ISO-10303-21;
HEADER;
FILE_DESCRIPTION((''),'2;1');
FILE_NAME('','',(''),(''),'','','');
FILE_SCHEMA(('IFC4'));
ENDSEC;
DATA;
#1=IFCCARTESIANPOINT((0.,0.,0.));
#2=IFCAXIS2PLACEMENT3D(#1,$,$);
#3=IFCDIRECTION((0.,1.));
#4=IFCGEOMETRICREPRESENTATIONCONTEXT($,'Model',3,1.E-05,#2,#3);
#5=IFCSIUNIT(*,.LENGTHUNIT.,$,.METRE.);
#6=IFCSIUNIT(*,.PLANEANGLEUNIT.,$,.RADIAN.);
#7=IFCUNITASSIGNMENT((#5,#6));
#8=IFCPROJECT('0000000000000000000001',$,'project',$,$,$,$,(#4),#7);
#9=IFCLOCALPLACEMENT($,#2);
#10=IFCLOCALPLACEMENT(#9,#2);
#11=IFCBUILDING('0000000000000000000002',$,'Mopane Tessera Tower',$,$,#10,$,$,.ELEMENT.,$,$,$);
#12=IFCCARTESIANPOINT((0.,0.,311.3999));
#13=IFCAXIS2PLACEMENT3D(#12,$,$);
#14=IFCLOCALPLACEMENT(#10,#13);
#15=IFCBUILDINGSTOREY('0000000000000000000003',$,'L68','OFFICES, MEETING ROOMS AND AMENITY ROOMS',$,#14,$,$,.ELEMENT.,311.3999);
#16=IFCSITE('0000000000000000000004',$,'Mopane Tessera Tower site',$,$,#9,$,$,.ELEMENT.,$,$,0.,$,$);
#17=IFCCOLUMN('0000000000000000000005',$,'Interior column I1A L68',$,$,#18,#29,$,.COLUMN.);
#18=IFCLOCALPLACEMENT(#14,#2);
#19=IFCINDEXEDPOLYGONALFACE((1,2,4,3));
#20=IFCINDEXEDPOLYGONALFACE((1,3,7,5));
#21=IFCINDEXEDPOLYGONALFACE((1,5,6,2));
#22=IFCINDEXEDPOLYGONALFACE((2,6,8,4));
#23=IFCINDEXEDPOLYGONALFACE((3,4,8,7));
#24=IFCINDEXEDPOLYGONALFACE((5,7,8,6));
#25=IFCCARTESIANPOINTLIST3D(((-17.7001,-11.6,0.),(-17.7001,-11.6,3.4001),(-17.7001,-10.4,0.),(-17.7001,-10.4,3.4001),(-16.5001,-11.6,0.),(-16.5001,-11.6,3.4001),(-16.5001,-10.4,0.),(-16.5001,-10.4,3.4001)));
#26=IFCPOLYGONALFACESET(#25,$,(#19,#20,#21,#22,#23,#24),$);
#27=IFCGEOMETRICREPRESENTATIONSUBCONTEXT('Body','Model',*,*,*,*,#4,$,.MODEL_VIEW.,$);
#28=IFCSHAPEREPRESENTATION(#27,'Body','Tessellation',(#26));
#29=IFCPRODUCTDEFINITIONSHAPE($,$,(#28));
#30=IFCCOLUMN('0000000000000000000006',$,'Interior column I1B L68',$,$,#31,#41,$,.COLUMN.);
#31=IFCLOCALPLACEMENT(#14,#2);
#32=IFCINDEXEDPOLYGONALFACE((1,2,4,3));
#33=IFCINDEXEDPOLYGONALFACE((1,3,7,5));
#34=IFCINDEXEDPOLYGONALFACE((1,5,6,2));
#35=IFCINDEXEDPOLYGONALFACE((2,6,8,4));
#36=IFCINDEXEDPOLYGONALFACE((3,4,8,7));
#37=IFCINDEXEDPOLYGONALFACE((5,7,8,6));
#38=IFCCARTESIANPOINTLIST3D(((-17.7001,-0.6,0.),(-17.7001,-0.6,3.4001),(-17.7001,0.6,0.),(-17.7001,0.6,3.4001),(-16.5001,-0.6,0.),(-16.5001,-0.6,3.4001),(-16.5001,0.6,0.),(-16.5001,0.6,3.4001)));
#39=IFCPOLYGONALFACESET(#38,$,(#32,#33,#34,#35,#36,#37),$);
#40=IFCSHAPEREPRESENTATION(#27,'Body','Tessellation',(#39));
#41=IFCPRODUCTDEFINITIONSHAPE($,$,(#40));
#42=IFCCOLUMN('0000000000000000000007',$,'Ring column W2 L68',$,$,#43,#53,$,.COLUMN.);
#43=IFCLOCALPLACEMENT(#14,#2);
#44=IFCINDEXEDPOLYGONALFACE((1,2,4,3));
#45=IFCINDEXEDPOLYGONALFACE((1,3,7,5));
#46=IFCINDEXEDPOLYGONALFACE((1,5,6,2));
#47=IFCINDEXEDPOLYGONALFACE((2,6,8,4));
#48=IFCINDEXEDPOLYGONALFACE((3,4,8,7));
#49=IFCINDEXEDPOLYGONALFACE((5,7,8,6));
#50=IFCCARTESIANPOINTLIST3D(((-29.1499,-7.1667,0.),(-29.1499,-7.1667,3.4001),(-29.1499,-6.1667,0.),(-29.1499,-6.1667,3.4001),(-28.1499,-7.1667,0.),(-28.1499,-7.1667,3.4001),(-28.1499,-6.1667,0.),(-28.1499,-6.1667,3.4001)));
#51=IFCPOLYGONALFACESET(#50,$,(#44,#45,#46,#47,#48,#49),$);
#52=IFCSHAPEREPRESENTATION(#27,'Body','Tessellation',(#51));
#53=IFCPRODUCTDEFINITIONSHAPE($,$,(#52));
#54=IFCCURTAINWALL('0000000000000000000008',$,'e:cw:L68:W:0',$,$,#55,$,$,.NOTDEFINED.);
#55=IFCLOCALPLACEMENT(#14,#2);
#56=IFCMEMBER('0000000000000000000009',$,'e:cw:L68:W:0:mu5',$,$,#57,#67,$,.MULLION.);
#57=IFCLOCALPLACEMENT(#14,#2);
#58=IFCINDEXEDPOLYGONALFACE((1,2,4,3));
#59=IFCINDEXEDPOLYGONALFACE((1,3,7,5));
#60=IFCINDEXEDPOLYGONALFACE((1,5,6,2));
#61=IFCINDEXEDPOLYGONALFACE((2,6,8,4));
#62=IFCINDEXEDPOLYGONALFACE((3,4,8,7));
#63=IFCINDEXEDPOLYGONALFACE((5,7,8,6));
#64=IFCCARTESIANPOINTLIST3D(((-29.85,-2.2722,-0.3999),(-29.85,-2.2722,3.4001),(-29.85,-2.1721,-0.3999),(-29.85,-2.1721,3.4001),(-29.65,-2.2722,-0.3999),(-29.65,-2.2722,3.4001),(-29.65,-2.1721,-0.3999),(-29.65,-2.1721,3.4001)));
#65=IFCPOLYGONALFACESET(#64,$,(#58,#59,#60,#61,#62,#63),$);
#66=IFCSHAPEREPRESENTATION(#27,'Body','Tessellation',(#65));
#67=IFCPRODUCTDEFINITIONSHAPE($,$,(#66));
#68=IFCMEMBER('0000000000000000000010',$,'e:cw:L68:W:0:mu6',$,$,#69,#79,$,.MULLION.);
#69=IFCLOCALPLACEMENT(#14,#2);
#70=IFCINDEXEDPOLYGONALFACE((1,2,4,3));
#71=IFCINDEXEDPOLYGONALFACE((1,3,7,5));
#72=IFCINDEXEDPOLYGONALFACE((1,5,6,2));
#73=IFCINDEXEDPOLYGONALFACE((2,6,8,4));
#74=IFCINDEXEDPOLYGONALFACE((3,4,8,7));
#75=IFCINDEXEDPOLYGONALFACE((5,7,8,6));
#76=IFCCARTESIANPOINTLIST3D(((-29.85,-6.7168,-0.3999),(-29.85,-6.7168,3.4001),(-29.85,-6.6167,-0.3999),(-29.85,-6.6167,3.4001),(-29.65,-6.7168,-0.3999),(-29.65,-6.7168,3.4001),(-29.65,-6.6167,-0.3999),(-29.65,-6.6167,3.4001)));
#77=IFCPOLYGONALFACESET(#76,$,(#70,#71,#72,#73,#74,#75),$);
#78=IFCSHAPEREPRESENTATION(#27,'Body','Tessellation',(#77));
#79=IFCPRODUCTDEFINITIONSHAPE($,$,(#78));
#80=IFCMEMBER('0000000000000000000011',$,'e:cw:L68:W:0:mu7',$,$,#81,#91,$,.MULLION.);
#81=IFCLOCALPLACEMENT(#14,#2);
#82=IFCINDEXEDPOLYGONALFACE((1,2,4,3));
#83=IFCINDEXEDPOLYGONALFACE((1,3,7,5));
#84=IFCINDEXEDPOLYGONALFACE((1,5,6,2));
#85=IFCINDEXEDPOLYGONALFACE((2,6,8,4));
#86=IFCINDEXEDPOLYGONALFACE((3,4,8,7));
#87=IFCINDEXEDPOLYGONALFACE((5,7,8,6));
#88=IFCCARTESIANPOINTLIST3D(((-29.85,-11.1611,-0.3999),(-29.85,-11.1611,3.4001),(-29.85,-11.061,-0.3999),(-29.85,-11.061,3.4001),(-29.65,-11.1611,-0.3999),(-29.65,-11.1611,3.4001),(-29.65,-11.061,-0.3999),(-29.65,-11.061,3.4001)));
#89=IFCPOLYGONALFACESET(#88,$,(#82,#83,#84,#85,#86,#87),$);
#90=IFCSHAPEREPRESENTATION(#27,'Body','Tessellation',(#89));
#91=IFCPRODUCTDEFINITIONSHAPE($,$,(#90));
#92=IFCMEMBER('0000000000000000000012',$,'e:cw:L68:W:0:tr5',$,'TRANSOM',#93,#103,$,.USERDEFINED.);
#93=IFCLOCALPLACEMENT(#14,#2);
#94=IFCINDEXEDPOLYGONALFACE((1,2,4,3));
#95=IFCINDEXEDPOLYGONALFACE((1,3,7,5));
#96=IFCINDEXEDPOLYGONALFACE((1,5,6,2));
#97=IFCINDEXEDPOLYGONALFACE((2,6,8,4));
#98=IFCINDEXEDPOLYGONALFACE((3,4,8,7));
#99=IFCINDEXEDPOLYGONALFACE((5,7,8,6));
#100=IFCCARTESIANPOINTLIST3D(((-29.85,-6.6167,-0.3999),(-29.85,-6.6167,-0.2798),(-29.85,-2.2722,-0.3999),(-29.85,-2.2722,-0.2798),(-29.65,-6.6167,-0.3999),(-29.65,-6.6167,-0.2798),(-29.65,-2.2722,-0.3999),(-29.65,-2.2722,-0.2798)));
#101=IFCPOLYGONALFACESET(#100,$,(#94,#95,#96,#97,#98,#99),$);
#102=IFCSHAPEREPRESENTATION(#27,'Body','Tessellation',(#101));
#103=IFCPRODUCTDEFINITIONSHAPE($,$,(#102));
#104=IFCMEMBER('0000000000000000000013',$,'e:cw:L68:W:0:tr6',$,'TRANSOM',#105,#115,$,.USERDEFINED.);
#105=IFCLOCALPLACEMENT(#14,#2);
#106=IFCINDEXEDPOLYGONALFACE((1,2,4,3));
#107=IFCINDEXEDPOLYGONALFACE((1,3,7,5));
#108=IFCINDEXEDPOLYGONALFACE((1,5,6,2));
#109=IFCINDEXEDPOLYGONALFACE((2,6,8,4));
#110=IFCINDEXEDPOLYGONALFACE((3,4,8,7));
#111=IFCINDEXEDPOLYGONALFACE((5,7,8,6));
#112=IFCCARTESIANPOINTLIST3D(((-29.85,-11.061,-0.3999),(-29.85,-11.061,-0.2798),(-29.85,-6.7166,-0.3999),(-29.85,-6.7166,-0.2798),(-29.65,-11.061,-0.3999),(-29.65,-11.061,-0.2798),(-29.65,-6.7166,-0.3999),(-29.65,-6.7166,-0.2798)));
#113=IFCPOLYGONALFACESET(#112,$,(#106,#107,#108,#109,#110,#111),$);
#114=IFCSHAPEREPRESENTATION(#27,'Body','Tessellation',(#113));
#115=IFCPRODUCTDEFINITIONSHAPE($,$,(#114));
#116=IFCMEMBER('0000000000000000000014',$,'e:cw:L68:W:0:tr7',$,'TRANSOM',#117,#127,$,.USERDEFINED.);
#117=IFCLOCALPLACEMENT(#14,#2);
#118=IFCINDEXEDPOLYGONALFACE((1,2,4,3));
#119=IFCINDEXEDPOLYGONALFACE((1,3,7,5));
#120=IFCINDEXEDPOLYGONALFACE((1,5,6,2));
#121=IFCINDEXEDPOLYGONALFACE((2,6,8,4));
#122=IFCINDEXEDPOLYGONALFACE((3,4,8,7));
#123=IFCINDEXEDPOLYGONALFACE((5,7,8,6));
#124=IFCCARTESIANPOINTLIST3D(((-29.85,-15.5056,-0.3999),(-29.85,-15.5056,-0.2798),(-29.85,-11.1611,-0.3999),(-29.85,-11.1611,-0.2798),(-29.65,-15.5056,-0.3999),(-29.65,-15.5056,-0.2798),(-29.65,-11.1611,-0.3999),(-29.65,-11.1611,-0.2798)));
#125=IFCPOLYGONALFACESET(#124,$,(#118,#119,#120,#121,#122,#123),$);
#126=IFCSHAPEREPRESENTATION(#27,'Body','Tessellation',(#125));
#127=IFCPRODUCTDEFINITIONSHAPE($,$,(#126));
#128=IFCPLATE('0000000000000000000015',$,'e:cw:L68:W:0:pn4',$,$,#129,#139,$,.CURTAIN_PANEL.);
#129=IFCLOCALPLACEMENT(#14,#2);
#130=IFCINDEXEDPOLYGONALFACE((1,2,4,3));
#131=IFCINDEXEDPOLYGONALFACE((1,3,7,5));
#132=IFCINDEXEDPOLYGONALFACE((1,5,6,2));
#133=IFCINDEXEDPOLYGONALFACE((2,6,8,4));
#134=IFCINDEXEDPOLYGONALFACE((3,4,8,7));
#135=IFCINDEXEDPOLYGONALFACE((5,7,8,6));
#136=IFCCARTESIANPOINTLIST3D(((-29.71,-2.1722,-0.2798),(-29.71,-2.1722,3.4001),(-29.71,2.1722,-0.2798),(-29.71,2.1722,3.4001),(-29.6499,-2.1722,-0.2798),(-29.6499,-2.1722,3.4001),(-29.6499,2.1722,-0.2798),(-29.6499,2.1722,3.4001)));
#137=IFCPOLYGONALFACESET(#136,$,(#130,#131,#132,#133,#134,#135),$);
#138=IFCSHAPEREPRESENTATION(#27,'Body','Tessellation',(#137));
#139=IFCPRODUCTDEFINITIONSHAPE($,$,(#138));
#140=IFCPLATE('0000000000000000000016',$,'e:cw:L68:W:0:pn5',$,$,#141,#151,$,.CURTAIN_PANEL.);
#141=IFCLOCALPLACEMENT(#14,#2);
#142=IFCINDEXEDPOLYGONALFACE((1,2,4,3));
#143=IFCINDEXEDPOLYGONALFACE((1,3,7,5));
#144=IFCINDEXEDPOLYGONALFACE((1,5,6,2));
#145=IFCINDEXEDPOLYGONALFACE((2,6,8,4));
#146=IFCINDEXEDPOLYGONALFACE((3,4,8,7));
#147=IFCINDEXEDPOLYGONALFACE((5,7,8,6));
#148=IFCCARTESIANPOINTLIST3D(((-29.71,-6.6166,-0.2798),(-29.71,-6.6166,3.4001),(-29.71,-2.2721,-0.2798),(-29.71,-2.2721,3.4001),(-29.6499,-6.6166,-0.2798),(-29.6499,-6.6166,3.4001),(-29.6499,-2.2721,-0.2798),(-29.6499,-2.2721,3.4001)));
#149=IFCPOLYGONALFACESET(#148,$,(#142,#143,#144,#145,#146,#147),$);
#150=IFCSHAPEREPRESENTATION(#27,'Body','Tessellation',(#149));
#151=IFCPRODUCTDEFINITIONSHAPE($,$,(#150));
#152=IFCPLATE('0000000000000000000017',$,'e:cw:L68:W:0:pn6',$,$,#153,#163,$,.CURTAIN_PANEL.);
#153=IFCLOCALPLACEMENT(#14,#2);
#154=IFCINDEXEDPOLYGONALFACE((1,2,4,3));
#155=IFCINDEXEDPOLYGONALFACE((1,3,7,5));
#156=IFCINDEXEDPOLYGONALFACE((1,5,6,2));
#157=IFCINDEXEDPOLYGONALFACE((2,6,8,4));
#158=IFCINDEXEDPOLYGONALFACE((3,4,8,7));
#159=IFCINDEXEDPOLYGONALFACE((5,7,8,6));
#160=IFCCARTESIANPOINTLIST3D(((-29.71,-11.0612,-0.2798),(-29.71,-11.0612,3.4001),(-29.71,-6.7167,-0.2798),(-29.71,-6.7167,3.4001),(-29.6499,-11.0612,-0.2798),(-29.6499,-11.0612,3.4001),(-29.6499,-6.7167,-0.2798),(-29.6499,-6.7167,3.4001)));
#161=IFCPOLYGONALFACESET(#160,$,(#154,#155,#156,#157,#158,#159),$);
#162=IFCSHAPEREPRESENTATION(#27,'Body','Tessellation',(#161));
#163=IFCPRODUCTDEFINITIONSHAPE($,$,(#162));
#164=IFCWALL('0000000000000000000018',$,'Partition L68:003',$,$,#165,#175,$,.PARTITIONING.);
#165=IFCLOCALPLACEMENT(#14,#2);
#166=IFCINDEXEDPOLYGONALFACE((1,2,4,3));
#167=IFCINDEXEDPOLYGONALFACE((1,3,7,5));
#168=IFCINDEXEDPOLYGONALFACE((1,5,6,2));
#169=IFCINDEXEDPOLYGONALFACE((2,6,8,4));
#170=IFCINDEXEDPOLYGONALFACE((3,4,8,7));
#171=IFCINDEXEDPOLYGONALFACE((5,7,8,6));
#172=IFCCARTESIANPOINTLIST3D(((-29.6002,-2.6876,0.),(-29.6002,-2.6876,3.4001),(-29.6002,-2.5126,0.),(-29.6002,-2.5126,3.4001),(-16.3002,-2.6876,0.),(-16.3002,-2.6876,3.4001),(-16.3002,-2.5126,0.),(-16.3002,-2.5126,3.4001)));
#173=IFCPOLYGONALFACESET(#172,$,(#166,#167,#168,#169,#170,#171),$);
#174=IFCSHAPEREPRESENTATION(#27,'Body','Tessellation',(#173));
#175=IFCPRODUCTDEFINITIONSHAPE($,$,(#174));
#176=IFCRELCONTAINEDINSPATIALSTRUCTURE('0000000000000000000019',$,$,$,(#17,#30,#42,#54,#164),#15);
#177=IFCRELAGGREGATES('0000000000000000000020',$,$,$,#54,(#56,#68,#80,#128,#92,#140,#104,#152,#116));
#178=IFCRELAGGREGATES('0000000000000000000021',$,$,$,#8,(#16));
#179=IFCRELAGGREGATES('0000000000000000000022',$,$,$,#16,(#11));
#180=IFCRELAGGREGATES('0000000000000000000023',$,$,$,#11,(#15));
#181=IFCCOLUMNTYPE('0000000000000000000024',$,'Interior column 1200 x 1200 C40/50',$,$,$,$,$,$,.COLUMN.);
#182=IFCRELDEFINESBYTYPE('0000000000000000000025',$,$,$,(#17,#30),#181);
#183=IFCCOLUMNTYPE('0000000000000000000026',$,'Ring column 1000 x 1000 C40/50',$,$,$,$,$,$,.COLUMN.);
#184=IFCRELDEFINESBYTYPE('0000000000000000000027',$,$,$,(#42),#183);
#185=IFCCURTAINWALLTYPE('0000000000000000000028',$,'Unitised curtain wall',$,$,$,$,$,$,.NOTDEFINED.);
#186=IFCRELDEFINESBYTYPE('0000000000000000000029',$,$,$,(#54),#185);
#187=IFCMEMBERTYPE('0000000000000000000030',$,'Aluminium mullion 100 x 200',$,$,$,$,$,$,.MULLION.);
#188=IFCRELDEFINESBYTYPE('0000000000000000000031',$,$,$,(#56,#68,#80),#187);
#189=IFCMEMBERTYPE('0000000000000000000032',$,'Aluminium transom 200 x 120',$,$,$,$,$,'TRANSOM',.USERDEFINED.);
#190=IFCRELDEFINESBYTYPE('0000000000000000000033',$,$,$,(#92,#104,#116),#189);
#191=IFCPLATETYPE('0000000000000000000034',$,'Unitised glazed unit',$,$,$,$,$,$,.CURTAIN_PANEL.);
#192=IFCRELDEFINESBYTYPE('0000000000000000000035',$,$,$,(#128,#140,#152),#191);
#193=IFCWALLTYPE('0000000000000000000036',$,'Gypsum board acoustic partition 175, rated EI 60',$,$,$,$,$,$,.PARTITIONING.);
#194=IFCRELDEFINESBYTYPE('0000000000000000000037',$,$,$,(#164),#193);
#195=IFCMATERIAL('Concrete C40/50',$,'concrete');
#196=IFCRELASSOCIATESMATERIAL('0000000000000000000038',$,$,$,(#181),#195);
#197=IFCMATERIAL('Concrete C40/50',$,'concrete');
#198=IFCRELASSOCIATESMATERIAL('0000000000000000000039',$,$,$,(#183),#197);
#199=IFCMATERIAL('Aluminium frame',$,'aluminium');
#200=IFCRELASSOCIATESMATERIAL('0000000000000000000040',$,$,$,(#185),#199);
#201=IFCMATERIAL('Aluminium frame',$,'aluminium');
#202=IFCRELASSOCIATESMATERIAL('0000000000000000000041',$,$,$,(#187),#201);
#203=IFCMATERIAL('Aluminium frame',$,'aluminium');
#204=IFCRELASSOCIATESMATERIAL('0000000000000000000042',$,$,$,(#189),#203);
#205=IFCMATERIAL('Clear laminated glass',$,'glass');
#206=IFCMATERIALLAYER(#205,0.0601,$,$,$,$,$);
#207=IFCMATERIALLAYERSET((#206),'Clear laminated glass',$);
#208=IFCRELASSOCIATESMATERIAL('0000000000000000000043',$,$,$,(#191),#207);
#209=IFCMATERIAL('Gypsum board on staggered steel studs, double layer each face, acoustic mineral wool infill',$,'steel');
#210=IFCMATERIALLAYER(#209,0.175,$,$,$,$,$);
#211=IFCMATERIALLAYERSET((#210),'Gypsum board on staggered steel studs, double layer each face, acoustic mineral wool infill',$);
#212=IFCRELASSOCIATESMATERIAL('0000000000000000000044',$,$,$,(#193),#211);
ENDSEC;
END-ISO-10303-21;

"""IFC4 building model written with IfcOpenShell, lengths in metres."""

from ifc_helpers import new_model, si_unit, direction, frame, frame_2d, origin, origin_2d, place, context, subcontext, project, spatial, rectangle, extrude, material, layer, layer_set, material_profile, profile_set, type_object, element, aggregate, save


model = new_model("IFC4")

# Units and contexts
model_context = context("Model", 3, precision=1e-05, world=origin(), true_north=direction((0.0, 1.0)))
body_context = subcontext(model_context, "Body", "Model", "MODEL_VIEW")
ifc_project = project(units=[si_unit("LENGTHUNIT", "METRE"), si_unit("PLANEANGLEUNIT", "RADIAN")], contexts=[model_context])

# Site, building, storey
site_placement = place(None, origin())
site = spatial("IfcSite", under=ifc_project, at=site_placement, Name="Mopane Tessera Tower site", CompositionType="ELEMENT", RefElevation=0.0)
building_placement = place(site_placement, origin())
building = spatial("IfcBuilding", under=site, at=building_placement, Name="Mopane Tessera Tower", CompositionType="ELEMENT")
storey_placement = place(building_placement, frame((0.0, 0.0, 311.3999)))
storey = spatial("IfcBuildingStorey", under=building, at=storey_placement, Name="L68", Description="OFFICES, MEETING ROOMS AND AMENITY ROOMS", CompositionType="ELEMENT", Elevation=311.3999)

# Columns
ifc_material_1 = material(Name="Concrete C40/50", Category="concrete")
ifc_material_profile_1 = material_profile(ifc_material_1, rectangle(XDim=1.2, YDim=1.2, at=origin_2d()))
ifc_profile_set_1 = profile_set([ifc_material_profile_1], Name="Concrete C40/50")
column_type_1 = type_object("IfcColumnType", Name="Interior column 1200 x 1200 C40/50", PredefinedType="COLUMN", material=ifc_profile_set_1)
for number, where, z_axis, x_axis, name in (
    (1, (-17.1001, -11.0, 0.0), (0.0, 0.0, 1.0), (1.0, 0.0, 0.0), "Interior column I1A L68"),
    (2, (-17.1001, 0.0, 0.0), (0.0, 0.0, 1.0), (1.0, 0.0, 0.0), "Interior column I1B L68"),
):
    element("IfcColumn", number, at=place(storey_placement, frame(where, z_axis=z_axis, x_axis=x_axis)), inside=storey, type_object=column_type_1, Name=name, PredefinedType="COLUMN", context=body_context, shape_type="SweptSolid", body=[
        extrude(rectangle(XDim=1.2, YDim=1.2, at=origin_2d()), origin(), (0.0, 0.0, 1.0), 3.4001),
    ])
ifc_material_2 = material(Name="Concrete C40/50", Category="concrete")
ifc_material_profile_2 = material_profile(ifc_material_2, rectangle(XDim=1.0, YDim=1.0, at=origin_2d()))
ifc_profile_set_2 = profile_set([ifc_material_profile_2], Name="Concrete C40/50")
column_type_2 = type_object("IfcColumnType", Name="Ring column 1000 x 1000 C40/50", PredefinedType="COLUMN", material=ifc_profile_set_2)
column_placement = place(storey_placement, frame((-28.6499, -6.6667, 0.0), z_axis=(0.0, 0.0, 1.0), x_axis=(1.0, 0.0, 0.0)))
element("IfcColumn", 3, at=column_placement, inside=storey, type_object=column_type_2, Name="Ring column W2 L68", PredefinedType="COLUMN", context=body_context, shape_type="SweptSolid", body=[
    extrude(rectangle(XDim=1.0, YDim=1.0, at=origin_2d()), origin(), (0.0, 0.0, 1.0), 3.4001),
])

# Curtain wall, members, plates
ifc_material_3 = material(Name="Aluminium frame", Category="aluminium")
curtain_wall_type = type_object("IfcCurtainWallType", Name="Unitised curtain wall", PredefinedType="NOTDEFINED", material=ifc_material_3)
curtain_wall_placement = place(storey_placement, origin())
curtain_wall = element("IfcCurtainWall", 4, at=curtain_wall_placement, inside=storey, type_object=curtain_wall_type, Name="e:cw:L68:W:0", PredefinedType="NOTDEFINED")
ifc_material_4 = material(Name="Aluminium frame", Category="aluminium")
ifc_material_profile_3 = material_profile(ifc_material_4, rectangle(XDim=0.1001, YDim=0.2, at=origin_2d()))
ifc_profile_set_3 = profile_set([ifc_material_profile_3], Name="Aluminium frame")
member_type_1 = type_object("IfcMemberType", Name="Aluminium mullion 100 x 200", PredefinedType="MULLION", material=ifc_profile_set_3)
member_1_placement = place(storey_placement, frame((-29.75, -2.2222, -0.3999), z_axis=(0.0, 0.0, 1.0), x_axis=(0.0, -1.0, 0.0)))
member_1 = element("IfcMember", 5, at=member_1_placement, type_object=member_type_1, Name="e:cw:L68:W:0:mu5", PredefinedType="MULLION", context=body_context, shape_type="SweptSolid", body=[
    extrude(rectangle(XDim=0.1001, YDim=0.2, at=origin_2d()), origin(), (0.0, 0.0, 1.0), 3.8),
])
member_2_placement = place(storey_placement, frame((-29.75, -6.6667, -0.3999), z_axis=(0.0, 0.0, 1.0), x_axis=(0.0, -1.0, 0.0)))
member_2 = element("IfcMember", 6, at=member_2_placement, type_object=member_type_1, Name="e:cw:L68:W:0:mu6", PredefinedType="MULLION", context=body_context, shape_type="SweptSolid", body=[
    extrude(rectangle(XDim=0.1001, YDim=0.2, at=origin_2d()), origin(), (0.0, 0.0, 1.0), 3.8),
])
member_3_placement = place(storey_placement, frame((-29.75, -11.1111, -0.3999), z_axis=(0.0, 0.0, 1.0), x_axis=(0.0, -1.0, 0.0)))
member_3 = element("IfcMember", 7, at=member_3_placement, type_object=member_type_1, Name="e:cw:L68:W:0:mu7", PredefinedType="MULLION", context=body_context, shape_type="SweptSolid", body=[
    extrude(rectangle(XDim=0.1001, YDim=0.2, at=origin_2d()), origin(), (0.0, 0.0, 1.0), 3.8),
])
ifc_material_5 = material(Name="Aluminium frame", Category="aluminium")
ifc_material_profile_4 = material_profile(ifc_material_5, rectangle(XDim=0.2, YDim=0.1201, at=origin_2d()))
ifc_profile_set_4 = profile_set([ifc_material_profile_4], Name="Aluminium frame")
member_type_2 = type_object("IfcMemberType", Name="Aluminium transom 200 x 120", ElementType="TRANSOM", PredefinedType="USERDEFINED", material=ifc_profile_set_4)
member_4_placement = place(storey_placement, frame((-29.75, -2.2722, -0.3398), z_axis=(0.0, -1.0, 0.0), x_axis=(1.0, 0.0, 0.0)))
member_4 = element("IfcMember", 8, at=member_4_placement, type_object=member_type_2, Name="e:cw:L68:W:0:tr5", ObjectType="TRANSOM", PredefinedType="USERDEFINED", context=body_context, shape_type="SweptSolid", body=[
    extrude(rectangle(XDim=0.2, YDim=0.1201, at=origin_2d()), origin(), (0.0, 0.0, 1.0), 4.3445),
])
member_5_placement = place(storey_placement, frame((-29.75, -6.7166, -0.3398), z_axis=(0.0, -1.0, 0.0), x_axis=(1.0, 0.0, 0.0)))
member_5 = element("IfcMember", 9, at=member_5_placement, type_object=member_type_2, Name="e:cw:L68:W:0:tr6", ObjectType="TRANSOM", PredefinedType="USERDEFINED", context=body_context, shape_type="SweptSolid", body=[
    extrude(rectangle(XDim=0.2, YDim=0.1201, at=origin_2d()), origin(), (0.0, 0.0, 1.0), 4.3445),
])
member_6_placement = place(storey_placement, frame((-29.75, -11.1611, -0.3398), z_axis=(0.0, -1.0, 0.0), x_axis=(1.0, 0.0, 0.0)))
member_6 = element("IfcMember", 10, at=member_6_placement, type_object=member_type_2, Name="e:cw:L68:W:0:tr7", ObjectType="TRANSOM", PredefinedType="USERDEFINED", context=body_context, shape_type="SweptSolid", body=[
    extrude(rectangle(XDim=0.2, YDim=0.1201, at=origin_2d()), origin(), (0.0, 0.0, 1.0), 4.3445),
])
ifc_material_6 = material(Name="Clear laminated glass", Category="glass")
ifc_layer_1 = layer(ifc_material_6, 0.0601)
ifc_layer_set_1 = layer_set([ifc_layer_1], Name="Clear laminated glass")
plate_type = type_object("IfcPlateType", Name="Unitised glazed unit", PredefinedType="CURTAIN_PANEL", material=ifc_layer_set_1)
plate_1_placement = place(storey_placement, frame((-29.6799, 0.0, -0.2798), z_axis=(0.0, 0.0, 1.0), x_axis=(0.0, -1.0, 0.0)))
plate_1 = element("IfcPlate", 11, at=plate_1_placement, type_object=plate_type, Name="e:cw:L68:W:0:pn4", PredefinedType="CURTAIN_PANEL", context=body_context, shape_type="SweptSolid", body=[
    extrude(rectangle(XDim=4.3445, YDim=0.0601, at=origin_2d()), origin(), (0.0, 0.0, 1.0), 3.6799),
])
plate_2_placement = place(storey_placement, frame((-29.6799, -4.4443, -0.2798), z_axis=(0.0, 0.0, 1.0), x_axis=(0.0, -1.0, 0.0)))
plate_2 = element("IfcPlate", 12, at=plate_2_placement, type_object=plate_type, Name="e:cw:L68:W:0:pn5", PredefinedType="CURTAIN_PANEL", context=body_context, shape_type="SweptSolid", body=[
    extrude(rectangle(XDim=4.3445, YDim=0.0601, at=origin_2d()), origin(), (0.0, 0.0, 1.0), 3.6799),
])
plate_3_placement = place(storey_placement, frame((-29.6799, -8.8889, -0.2798), z_axis=(0.0, 0.0, 1.0), x_axis=(0.0, -1.0, 0.0)))
plate_3 = element("IfcPlate", 13, at=plate_3_placement, type_object=plate_type, Name="e:cw:L68:W:0:pn6", PredefinedType="CURTAIN_PANEL", context=body_context, shape_type="SweptSolid", body=[
    extrude(rectangle(XDim=4.3445, YDim=0.0601, at=origin_2d()), origin(), (0.0, 0.0, 1.0), 3.6799),
])
aggregate(curtain_wall, [member_1, member_2, member_3, plate_1, member_4, plate_2, member_5, plate_3, member_6])

# Wall
ifc_material_7 = material(Name="Gypsum board on staggered steel studs, double layer each face, acoustic mineral wool infill", Category="steel")
ifc_layer_2 = layer(ifc_material_7, 0.175)
ifc_layer_set_2 = layer_set([ifc_layer_2], Name="Gypsum board on staggered steel studs, double layer each face, acoustic mineral wool infill")
wall_type_1 = type_object("IfcWallType", Name="Gypsum board acoustic partition 175, rated EI 60", PredefinedType="PARTITIONING", material=ifc_layer_set_2)
wall_1_placement = place(storey_placement, frame((-29.6001, -2.6001, 0.0), z_axis=(0.0, 0.0, 1.0), x_axis=(1.0, 0.0, 0.0)))
element("IfcWall", 14, at=wall_1_placement, inside=storey, type_object=wall_type_1, Name="Partition L68:003", PredefinedType="PARTITIONING", context=body_context, shape_type="SweptSolid", body=[
    extrude(rectangle(XDim=13.3, YDim=0.175, at=frame_2d((6.6499, 0.0))), origin(), (0.0, 0.0, 1.0), 3.4001),
])

save(model, "model.ifc")
